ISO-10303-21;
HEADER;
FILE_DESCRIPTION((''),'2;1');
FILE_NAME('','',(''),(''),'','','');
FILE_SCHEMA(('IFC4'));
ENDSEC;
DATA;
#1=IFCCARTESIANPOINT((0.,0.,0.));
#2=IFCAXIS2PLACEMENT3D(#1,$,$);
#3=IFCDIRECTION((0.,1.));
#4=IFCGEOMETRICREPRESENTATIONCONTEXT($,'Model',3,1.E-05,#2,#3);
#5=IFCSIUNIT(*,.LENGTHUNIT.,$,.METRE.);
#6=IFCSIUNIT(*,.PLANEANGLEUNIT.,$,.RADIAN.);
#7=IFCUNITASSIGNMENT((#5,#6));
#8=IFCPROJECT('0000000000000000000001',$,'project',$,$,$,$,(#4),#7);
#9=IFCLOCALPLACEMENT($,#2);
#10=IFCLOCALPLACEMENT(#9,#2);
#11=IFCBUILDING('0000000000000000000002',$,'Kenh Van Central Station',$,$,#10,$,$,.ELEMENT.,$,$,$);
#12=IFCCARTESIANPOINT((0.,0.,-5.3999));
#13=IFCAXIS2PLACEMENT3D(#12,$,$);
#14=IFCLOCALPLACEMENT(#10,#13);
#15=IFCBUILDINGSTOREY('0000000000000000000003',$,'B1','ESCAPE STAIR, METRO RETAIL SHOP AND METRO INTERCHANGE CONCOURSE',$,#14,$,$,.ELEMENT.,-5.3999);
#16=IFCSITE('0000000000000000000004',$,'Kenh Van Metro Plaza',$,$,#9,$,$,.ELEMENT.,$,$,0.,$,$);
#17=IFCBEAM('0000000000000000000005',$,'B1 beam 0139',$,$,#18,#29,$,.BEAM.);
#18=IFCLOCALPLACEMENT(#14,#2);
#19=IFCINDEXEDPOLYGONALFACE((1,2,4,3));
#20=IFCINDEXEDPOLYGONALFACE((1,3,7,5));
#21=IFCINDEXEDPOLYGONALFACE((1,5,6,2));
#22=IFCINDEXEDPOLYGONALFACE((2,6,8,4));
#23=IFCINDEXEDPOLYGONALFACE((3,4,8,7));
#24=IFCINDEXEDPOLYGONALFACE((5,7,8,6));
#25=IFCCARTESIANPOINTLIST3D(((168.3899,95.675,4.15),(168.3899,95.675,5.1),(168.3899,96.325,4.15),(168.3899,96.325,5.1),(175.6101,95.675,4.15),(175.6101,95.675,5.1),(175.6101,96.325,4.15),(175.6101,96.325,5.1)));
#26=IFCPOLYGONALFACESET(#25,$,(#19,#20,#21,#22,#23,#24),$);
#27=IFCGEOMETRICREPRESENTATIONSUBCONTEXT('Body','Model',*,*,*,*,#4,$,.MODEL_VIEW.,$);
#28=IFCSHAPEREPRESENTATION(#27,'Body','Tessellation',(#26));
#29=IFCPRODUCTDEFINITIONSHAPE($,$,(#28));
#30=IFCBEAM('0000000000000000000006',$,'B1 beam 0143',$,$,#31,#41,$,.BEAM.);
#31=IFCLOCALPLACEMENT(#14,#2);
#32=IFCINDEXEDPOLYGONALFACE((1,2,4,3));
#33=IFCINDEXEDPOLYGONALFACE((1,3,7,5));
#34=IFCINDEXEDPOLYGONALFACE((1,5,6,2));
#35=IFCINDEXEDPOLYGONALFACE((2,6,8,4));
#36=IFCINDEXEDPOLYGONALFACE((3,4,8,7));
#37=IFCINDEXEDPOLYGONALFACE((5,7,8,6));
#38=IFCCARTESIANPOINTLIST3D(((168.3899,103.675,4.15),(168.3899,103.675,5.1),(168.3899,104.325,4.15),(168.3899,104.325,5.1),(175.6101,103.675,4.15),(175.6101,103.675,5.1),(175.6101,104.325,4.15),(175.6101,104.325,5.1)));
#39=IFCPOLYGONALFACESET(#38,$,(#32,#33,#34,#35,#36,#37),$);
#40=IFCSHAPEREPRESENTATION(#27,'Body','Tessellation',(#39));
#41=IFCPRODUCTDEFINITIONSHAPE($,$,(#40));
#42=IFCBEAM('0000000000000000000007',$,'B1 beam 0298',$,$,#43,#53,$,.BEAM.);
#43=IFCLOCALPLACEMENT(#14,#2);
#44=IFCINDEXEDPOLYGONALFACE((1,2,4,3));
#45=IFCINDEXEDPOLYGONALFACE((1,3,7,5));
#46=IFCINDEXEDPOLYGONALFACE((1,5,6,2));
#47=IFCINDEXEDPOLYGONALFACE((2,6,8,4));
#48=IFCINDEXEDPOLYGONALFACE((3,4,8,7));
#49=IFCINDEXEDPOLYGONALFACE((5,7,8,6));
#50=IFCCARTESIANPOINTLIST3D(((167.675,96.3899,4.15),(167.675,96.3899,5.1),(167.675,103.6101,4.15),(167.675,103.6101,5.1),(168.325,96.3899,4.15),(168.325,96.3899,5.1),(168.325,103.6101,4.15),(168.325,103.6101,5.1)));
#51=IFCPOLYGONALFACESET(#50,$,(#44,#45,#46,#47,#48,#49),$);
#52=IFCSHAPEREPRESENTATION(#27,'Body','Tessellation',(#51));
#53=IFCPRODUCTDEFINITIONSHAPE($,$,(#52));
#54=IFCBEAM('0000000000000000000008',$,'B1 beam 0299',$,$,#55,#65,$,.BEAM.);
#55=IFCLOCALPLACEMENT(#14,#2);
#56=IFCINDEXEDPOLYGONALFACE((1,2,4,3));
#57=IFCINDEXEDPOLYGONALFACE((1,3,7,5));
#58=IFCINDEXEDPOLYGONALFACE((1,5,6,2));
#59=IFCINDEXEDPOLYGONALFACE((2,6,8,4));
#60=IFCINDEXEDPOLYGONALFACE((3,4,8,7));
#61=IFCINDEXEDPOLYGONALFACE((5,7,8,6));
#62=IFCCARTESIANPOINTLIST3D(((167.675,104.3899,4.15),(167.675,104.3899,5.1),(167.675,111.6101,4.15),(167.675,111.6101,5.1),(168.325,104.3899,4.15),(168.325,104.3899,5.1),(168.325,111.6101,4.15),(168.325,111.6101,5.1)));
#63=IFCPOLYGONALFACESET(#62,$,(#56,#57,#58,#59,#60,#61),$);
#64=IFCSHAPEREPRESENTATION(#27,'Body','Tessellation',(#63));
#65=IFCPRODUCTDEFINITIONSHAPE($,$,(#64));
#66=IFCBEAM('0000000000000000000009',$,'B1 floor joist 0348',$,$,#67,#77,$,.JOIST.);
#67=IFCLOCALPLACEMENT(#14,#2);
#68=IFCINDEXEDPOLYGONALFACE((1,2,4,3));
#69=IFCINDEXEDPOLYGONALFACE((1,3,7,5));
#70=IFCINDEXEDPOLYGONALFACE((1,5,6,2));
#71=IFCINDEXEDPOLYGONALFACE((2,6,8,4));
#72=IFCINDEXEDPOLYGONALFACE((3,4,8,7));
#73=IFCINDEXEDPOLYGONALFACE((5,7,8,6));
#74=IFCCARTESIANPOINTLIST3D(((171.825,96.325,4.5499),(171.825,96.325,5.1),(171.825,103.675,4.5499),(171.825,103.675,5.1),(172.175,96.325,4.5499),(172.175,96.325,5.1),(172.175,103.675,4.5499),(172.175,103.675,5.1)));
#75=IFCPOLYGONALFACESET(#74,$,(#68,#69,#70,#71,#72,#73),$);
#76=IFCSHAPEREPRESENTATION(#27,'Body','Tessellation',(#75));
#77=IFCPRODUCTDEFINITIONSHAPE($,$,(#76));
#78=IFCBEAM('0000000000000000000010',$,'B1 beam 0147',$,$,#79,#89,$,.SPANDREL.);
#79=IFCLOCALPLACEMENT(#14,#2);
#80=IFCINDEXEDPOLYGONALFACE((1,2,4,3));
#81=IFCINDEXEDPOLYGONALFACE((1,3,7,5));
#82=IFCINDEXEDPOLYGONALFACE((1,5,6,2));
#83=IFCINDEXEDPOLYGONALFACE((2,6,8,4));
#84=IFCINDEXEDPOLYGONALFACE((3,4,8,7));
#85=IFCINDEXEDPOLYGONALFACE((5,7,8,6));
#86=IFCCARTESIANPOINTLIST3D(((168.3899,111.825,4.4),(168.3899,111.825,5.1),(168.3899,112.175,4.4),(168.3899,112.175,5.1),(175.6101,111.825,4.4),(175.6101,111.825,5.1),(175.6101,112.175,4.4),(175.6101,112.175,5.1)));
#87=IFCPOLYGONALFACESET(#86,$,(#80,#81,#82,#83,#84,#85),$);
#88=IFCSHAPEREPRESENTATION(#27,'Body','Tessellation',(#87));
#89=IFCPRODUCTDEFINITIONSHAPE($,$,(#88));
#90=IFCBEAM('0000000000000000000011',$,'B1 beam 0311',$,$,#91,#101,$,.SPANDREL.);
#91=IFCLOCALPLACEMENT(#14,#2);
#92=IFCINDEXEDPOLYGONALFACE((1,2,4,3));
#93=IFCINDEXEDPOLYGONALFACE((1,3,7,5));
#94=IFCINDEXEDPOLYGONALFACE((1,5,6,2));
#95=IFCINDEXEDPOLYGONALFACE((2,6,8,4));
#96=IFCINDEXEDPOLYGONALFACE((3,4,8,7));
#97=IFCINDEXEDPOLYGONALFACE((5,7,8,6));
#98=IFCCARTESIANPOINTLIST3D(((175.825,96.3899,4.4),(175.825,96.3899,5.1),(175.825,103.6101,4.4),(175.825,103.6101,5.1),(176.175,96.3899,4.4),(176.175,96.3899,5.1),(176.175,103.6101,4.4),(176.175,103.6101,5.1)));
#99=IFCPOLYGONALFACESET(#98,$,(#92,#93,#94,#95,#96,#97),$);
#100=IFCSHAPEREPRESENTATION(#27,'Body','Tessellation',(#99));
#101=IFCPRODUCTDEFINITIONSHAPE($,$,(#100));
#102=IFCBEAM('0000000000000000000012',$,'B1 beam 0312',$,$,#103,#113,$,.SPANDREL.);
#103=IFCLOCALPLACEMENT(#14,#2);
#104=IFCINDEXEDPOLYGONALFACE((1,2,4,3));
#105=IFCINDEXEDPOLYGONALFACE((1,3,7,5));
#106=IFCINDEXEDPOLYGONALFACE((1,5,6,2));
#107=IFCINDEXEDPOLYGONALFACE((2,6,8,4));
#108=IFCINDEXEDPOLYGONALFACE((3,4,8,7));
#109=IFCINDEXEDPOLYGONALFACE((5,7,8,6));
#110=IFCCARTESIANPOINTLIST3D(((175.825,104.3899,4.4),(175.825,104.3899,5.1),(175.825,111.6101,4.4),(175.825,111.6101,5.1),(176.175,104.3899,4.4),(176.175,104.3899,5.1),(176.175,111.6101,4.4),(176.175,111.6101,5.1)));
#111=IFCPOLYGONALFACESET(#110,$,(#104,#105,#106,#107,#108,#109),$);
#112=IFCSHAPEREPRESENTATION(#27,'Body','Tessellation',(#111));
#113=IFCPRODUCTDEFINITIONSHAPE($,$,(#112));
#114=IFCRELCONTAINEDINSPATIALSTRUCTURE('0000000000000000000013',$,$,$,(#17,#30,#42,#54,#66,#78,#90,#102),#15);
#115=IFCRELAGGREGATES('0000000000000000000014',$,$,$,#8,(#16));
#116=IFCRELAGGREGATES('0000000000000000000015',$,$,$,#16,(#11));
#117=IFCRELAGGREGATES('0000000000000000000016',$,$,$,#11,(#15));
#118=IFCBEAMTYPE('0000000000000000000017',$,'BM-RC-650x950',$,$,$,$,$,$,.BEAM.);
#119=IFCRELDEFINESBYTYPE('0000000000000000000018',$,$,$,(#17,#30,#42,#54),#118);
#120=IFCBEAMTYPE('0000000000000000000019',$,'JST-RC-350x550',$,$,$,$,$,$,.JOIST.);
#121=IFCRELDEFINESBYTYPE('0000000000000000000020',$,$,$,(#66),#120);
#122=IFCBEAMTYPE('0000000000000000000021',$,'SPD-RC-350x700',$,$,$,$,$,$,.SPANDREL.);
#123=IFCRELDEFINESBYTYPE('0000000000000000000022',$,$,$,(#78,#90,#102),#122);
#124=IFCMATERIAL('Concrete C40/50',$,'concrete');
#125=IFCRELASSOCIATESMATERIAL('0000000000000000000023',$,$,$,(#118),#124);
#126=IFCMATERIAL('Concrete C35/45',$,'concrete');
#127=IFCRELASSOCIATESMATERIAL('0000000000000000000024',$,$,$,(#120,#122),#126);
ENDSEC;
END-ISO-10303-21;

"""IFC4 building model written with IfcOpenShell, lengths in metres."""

from ifc_helpers import new_model, si_unit, direction, frame, origin, origin_2d, place, context, subcontext, project, spatial, rectangle, extrude, material, material_profile, profile_set, type_object, element, save


model = new_model("IFC4")

# Units and contexts
model_context = context("Model", 3, precision=1e-05, world=origin(), true_north=direction((0.0, 1.0)))
body_context = subcontext(model_context, "Body", "Model", "MODEL_VIEW")
ifc_project = project(units=[si_unit("LENGTHUNIT", "METRE"), si_unit("PLANEANGLEUNIT", "RADIAN")], contexts=[model_context])

# Site, building, storey
site_placement = place(None, origin())
site = spatial("IfcSite", under=ifc_project, at=site_placement, Name="Kenh Van Metro Plaza", CompositionType="ELEMENT", RefElevation=0.0)
building_placement = place(site_placement, origin())
building = spatial("IfcBuilding", under=site, at=building_placement, Name="Kenh Van Central Station", CompositionType="ELEMENT")
storey_placement = place(building_placement, frame((0.0, 0.0, -5.3999)))
storey = spatial("IfcBuildingStorey", under=building, at=storey_placement, Name="B1", Description="ESCAPE STAIR, METRO RETAIL SHOP AND METRO INTERCHANGE CONCOURSE", CompositionType="ELEMENT", Elevation=-5.3999)

# Shared definitions
ifc_material_1 = material(Name="Concrete C40/50", Category="concrete")

# Beams
ifc_material_profile_1 = material_profile(ifc_material_1, rectangle(XDim=0.6499, YDim=0.95, at=origin_2d()), Name="RC 650x950")
ifc_profile_set_1 = profile_set([ifc_material_profile_1], Name="Concrete C40/50")
beam_type_1 = type_object("IfcBeamType", Name="BM-RC-650x950", PredefinedType="BEAM", material=ifc_profile_set_1)
for number, where, z_axis, x_axis, name in (
    (1, (168.3899, 96.0, 4.625), (1.0, 0.0, 0.0), (0.0, 1.0, 0.0), "B1 beam 0139"),
    (2, (168.3899, 104.0, 4.625), (1.0, 0.0, 0.0), (0.0, 1.0, 0.0), "B1 beam 0143"),
    (3, (168.0, 96.3899, 4.625), (0.0, 1.0, 0.0), (-1.0, 0.0, 0.0), "B1 beam 0298"),
    (4, (168.0, 104.3899, 4.625), (0.0, 1.0, 0.0), (-1.0, 0.0, 0.0), "B1 beam 0299"),
):
    element("IfcBeam", number, at=place(storey_placement, frame(where, z_axis=z_axis, x_axis=x_axis)), inside=storey, type_object=beam_type_1, Name=name, PredefinedType="BEAM", context=body_context, shape_type="SweptSolid", body=[
        extrude(rectangle(XDim=0.6499, YDim=0.95, at=origin_2d()), origin(), (0.0, 0.0, 1.0), 7.2202),
    ])
ifc_material_2 = material(Name="Concrete C35/45", Category="concrete")
ifc_material_profile_2 = material_profile(ifc_material_2, rectangle(XDim=0.3501, YDim=0.55, at=origin_2d()), Name="RC 350x550")
ifc_profile_set_2 = profile_set([ifc_material_profile_2], Name="Concrete C35/45")
beam_type_2 = type_object("IfcBeamType", Name="JST-RC-350x550", PredefinedType="JOIST", material=ifc_profile_set_2)
beam_placement = place(storey_placement, frame((172.0, 96.325, 4.825), z_axis=(0.0, 1.0, 0.0), x_axis=(-1.0, 0.0, 0.0)))
element("IfcBeam", 5, at=beam_placement, inside=storey, type_object=beam_type_2, Name="B1 floor joist 0348", PredefinedType="JOIST", context=body_context, shape_type="SweptSolid", body=[
    extrude(rectangle(XDim=0.3501, YDim=0.55, at=origin_2d()), origin(), (0.0, 0.0, 1.0), 7.3501),
])
ifc_material_profile_3 = material_profile(ifc_material_2, rectangle(XDim=0.3501, YDim=0.7, at=origin_2d()), Name="RC 350x700")
ifc_profile_set_3 = profile_set([ifc_material_profile_3], Name="Concrete C35/45")
beam_type_3 = type_object("IfcBeamType", Name="SPD-RC-350x700", PredefinedType="SPANDREL", material=ifc_profile_set_3)
for number, where, z_axis, x_axis, name in (
    (6, (168.3899, 112.0, 4.75), (1.0, 0.0, 0.0), (0.0, 1.0, 0.0), "B1 beam 0147"),
    (7, (176.0, 96.3899, 4.75), (0.0, 1.0, 0.0), (-1.0, 0.0, 0.0), "B1 beam 0311"),
    (8, (176.0, 104.3899, 4.75), (0.0, 1.0, 0.0), (-1.0, 0.0, 0.0), "B1 beam 0312"),
):
    element("IfcBeam", number, at=place(storey_placement, frame(where, z_axis=z_axis, x_axis=x_axis)), inside=storey, type_object=beam_type_3, Name=name, PredefinedType="SPANDREL", context=body_context, shape_type="SweptSolid", body=[
        extrude(rectangle(XDim=0.3501, YDim=0.7, at=origin_2d()), origin(), (0.0, 0.0, 1.0), 7.2202),
    ])

save(model, "model.ifc")
